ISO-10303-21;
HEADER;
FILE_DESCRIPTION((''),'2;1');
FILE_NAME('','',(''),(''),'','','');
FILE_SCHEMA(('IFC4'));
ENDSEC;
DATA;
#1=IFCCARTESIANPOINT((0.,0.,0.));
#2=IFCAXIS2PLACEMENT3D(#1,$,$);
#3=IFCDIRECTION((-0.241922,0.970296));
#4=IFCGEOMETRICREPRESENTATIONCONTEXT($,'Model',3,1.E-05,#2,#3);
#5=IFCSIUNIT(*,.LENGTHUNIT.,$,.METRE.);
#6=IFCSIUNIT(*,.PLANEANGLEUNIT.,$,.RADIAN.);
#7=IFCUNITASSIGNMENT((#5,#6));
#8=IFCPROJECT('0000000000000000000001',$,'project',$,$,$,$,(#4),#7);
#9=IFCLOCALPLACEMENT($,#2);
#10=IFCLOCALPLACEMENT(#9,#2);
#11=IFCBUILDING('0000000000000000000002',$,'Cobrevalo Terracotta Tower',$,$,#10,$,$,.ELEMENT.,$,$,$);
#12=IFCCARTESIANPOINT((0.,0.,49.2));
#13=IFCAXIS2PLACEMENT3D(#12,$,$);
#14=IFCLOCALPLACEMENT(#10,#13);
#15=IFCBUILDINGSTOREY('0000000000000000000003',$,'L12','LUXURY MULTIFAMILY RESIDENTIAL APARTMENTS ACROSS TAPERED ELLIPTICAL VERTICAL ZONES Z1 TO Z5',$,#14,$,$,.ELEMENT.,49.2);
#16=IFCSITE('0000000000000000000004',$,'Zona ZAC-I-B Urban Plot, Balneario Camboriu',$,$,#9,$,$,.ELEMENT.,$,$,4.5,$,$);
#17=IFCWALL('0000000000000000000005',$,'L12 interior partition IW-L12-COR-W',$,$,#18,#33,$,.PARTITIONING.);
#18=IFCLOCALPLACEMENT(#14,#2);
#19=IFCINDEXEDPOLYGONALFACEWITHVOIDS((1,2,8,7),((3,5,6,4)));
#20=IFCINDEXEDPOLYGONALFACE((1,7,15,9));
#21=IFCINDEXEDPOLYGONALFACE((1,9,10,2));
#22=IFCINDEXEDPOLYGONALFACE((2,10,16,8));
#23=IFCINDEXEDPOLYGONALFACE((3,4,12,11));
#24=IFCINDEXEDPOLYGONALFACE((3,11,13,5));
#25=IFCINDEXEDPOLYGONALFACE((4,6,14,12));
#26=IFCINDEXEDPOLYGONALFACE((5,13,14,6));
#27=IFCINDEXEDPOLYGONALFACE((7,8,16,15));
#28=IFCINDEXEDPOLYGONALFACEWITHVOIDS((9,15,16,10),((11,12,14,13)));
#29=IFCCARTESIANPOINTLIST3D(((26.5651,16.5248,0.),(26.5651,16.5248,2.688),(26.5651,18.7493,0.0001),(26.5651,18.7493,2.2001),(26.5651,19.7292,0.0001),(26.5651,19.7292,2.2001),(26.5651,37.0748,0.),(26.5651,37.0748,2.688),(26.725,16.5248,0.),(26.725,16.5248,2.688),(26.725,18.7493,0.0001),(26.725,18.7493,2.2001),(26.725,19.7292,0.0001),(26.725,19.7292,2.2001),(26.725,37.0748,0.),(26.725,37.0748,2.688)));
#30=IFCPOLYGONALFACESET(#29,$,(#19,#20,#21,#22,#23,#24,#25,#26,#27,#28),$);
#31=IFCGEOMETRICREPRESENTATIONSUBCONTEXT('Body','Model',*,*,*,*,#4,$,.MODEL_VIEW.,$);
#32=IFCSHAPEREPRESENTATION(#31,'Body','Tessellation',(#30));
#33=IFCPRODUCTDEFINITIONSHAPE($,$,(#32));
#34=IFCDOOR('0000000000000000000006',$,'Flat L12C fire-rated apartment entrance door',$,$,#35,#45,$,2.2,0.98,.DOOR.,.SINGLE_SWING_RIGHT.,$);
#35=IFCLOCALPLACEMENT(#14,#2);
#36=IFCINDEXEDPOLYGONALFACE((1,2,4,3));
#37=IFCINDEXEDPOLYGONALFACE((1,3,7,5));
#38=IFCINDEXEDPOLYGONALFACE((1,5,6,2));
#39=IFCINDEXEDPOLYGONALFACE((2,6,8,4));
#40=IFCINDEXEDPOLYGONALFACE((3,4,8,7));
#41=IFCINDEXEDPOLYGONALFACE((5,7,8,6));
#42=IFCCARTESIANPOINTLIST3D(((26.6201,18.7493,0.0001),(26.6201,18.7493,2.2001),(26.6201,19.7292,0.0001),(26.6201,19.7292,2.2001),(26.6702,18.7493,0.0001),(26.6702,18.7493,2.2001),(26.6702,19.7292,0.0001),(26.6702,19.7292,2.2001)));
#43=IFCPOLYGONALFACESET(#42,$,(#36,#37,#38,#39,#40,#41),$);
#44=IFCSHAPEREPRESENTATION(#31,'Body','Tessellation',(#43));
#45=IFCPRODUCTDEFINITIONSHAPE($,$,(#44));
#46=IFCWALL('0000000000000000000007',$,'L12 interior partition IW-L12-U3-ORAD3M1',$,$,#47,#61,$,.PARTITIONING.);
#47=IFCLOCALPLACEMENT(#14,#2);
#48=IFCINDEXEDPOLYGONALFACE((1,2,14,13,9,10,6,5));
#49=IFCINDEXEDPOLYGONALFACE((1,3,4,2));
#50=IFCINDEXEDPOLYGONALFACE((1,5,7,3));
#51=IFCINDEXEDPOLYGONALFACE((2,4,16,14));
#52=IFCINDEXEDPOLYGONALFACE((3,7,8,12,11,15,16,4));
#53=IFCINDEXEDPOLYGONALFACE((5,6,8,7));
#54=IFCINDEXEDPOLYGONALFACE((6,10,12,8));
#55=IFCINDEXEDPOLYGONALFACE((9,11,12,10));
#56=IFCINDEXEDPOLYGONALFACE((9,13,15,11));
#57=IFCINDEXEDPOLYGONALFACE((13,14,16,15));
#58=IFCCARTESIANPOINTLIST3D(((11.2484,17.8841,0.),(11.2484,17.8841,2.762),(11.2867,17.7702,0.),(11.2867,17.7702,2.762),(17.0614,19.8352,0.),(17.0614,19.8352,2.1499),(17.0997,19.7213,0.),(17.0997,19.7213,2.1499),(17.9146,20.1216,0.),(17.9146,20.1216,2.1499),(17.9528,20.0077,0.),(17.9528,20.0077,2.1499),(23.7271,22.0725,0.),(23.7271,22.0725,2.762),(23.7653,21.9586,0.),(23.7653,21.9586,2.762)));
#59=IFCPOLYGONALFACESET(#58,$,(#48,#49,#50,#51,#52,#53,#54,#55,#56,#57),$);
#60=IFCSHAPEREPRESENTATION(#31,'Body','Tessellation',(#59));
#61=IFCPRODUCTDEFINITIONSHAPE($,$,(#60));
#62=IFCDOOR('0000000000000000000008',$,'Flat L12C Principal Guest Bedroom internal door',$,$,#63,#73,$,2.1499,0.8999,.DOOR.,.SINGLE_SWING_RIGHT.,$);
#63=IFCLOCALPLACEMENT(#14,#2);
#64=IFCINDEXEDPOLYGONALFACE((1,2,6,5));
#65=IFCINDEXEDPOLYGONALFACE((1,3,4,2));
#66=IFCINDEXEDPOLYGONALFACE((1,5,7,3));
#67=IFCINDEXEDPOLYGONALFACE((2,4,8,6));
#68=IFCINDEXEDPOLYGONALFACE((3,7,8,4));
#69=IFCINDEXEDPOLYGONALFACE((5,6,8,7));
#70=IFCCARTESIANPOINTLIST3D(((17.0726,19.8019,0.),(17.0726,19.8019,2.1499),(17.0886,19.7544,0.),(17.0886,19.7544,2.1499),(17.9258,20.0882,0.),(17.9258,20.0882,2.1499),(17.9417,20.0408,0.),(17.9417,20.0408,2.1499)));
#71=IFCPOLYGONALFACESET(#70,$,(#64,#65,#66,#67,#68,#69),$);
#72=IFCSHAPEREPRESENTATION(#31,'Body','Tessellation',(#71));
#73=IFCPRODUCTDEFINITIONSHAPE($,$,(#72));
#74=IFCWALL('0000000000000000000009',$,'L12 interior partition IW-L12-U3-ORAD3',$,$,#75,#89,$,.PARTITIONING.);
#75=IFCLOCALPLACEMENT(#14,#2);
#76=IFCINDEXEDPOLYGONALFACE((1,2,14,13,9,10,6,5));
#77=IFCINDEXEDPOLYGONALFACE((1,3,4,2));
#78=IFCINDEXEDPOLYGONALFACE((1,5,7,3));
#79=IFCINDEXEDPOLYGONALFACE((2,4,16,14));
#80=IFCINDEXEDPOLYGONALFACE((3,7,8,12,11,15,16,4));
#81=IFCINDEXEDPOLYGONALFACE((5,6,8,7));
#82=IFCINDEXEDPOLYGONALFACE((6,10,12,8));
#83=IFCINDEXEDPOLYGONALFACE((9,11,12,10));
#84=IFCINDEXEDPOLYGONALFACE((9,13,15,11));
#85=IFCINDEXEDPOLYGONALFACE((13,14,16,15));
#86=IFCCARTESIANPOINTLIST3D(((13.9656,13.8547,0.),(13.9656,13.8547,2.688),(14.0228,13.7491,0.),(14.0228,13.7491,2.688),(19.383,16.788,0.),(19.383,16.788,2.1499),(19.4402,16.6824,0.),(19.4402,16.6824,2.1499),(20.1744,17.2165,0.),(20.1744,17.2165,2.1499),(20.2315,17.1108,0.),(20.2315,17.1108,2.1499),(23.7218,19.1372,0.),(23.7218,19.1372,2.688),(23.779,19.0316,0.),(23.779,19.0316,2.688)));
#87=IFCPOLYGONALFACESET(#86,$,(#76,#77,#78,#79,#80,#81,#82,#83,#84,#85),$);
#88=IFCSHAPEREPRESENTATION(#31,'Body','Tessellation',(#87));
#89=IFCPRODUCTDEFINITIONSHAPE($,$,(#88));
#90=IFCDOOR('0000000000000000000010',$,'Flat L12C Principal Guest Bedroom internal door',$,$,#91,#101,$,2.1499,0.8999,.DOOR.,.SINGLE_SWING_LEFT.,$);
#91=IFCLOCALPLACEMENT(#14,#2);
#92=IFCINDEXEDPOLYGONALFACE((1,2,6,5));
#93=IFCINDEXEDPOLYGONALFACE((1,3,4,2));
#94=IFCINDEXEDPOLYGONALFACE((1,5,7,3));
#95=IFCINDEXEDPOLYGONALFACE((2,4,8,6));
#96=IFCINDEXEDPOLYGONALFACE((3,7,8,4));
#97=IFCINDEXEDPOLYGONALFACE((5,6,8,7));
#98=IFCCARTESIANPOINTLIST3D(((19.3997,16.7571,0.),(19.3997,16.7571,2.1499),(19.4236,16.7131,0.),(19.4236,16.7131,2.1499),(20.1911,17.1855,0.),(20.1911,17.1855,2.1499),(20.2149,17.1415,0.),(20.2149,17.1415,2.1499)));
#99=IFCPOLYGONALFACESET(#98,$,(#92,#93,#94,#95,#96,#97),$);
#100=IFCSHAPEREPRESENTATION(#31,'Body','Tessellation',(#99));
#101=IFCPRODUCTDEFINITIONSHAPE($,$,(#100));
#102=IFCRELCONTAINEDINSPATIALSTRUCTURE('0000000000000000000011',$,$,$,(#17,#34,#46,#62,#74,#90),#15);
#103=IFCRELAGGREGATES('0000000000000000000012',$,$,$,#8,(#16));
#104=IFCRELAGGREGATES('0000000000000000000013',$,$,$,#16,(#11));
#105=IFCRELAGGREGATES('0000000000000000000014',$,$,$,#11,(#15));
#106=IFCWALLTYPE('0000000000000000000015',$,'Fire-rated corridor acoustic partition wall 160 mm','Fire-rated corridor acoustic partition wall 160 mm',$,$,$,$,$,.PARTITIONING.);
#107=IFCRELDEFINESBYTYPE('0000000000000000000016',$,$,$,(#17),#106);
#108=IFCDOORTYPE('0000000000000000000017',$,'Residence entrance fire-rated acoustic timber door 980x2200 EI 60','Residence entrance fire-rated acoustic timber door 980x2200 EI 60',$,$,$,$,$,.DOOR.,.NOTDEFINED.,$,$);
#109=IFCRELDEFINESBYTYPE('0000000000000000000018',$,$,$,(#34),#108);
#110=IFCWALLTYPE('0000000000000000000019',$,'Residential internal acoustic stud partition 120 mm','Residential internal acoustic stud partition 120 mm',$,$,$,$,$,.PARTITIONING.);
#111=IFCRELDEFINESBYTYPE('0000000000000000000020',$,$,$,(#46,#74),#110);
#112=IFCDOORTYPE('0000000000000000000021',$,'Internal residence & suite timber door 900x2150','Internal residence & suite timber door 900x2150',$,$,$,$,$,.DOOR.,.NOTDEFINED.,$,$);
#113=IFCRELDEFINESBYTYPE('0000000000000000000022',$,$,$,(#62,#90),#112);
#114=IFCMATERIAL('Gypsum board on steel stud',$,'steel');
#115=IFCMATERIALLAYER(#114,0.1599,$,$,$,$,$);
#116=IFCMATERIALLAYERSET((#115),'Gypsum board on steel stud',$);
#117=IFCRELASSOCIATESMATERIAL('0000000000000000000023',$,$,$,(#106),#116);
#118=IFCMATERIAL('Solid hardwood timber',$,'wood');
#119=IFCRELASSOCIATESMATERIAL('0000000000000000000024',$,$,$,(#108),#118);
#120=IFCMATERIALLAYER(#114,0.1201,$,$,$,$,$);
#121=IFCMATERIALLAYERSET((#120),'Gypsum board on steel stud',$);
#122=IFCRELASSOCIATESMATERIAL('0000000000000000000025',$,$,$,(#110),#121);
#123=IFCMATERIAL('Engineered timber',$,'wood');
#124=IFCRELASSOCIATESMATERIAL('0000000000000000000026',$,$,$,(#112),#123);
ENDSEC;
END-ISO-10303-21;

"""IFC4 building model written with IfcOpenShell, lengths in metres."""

from ifc_helpers import new_model, si_unit, direction, frame, frame_2d, origin, place, context, subcontext, project, spatial, rectangle, extrude, source, transform, mapped, material, layer, layer_set, type_object, element, fill, save


model = new_model("IFC4")

# Units and contexts
model_context = context("Model", 3, precision=1e-05, world=origin(), true_north=direction((-0.241922, 0.970296)))
body_context = subcontext(model_context, "Body", "Model", "MODEL_VIEW")
ifc_project = project(units=[si_unit("LENGTHUNIT", "METRE"), si_unit("PLANEANGLEUNIT", "RADIAN")], contexts=[model_context])

# Site, building, storey
site_placement = place(None, origin())
site = spatial("IfcSite", under=ifc_project, at=site_placement, Name="Zona ZAC-I-B Urban Plot, Balneario Camboriu", CompositionType="ELEMENT", RefElevation=4.5)
building_placement = place(site_placement, origin())
building = spatial("IfcBuilding", under=site, at=building_placement, Name="Cobrevalo Terracotta Tower", CompositionType="ELEMENT")
storey_placement = place(building_placement, frame((0.0, 0.0, 49.2)))
storey = spatial("IfcBuildingStorey", under=building, at=storey_placement, Name="L12", Description="LUXURY MULTIFAMILY RESIDENTIAL APARTMENTS ACROSS TAPERED ELLIPTICAL VERTICAL ZONES Z1 TO Z5", CompositionType="ELEMENT", Elevation=49.2)

# Walls, openings, doors
ifc_material_1 = material(Name="Gypsum board on steel stud", Category="steel")
ifc_layer_1 = layer(ifc_material_1, 0.1599)
ifc_layer_set_1 = layer_set([ifc_layer_1], Name="Gypsum board on steel stud")
wall_type_1 = type_object("IfcWallType", Name="Fire-rated corridor acoustic partition wall 160 mm", Description="Fire-rated corridor acoustic partition wall 160 mm", PredefinedType="PARTITIONING", material=ifc_layer_set_1)
ifc_material_2 = material(Name="Solid hardwood timber", Category="wood")
door_type_1 = type_object("IfcDoorType", Name="Residence entrance fire-rated acoustic timber door 980x2200 EI 60", Description="Residence entrance fire-rated acoustic timber door 980x2200 EI 60", OperationType="NOTDEFINED", PredefinedType="DOOR", material=ifc_material_2)
shared_shape_1 = source(origin(), body_context, "Body", "SweptSolid", [
    extrude(rectangle(XDim=0.98, YDim=2.2, at=frame_2d((0.49, 1.1001))), frame((0.0, 0.0249, 0.0), z_axis=(0.0, -1.0, 0.0), x_axis=(1.0, 0.0, 0.0)), (0.0, 0.0, 1.0), 0.05),
])
wall_1_placement = place(storey_placement, frame((26.645, 16.5249, 0.0), z_axis=(0.0, 0.0, 1.0), x_axis=(0.0, 1.0, 0.0)))
wall_1 = element("IfcWall", 1, at=wall_1_placement, inside=storey, type_object=wall_type_1, Name="L12 interior partition IW-L12-COR-W", PredefinedType="PARTITIONING", context=body_context, shape_type="SweptSolid", body=[
    extrude(rectangle(XDim=20.55, YDim=0.1599, at=frame_2d((10.2749, 0.0))), origin(), (0.0, 0.0, 1.0), 2.688),
])
opening_1_placement = place(wall_1_placement, frame((2.2244, 0.0, 0.0)))
opening_1 = element("IfcOpeningElement", 2, at=opening_1_placement, cuts=wall_1, PredefinedType="OPENING", context=body_context, shape_type="SweptSolid", body=[
    extrude(rectangle(XDim=0.98, YDim=2.2, at=frame_2d((0.49, 1.1001))), frame((0.0, 0.0898, 0.0), z_axis=(0.0, -1.0, 0.0), x_axis=(1.0, 0.0, 0.0)), (0.0, 0.0, 1.0), 0.1799),
])
door_1_placement = place(opening_1_placement, origin())
door_1 = element("IfcDoor", 3, at=door_1_placement, inside=storey, type_object=door_type_1, Name="Flat L12C fire-rated apartment entrance door", OperationType="SINGLE_SWING_RIGHT", OverallHeight=2.2, OverallWidth=0.98, PredefinedType="DOOR", context=body_context, shape_type="MappedRepresentation", body=[
    mapped(shared_shape_1, transform((0.0, 0.0, 0.0), scale=1.0)),
])
fill(opening_1, door_1)
ifc_layer_2 = layer(ifc_material_1, 0.1201)
ifc_layer_set_2 = layer_set([ifc_layer_2], Name="Gypsum board on steel stud")
wall_type_2 = type_object("IfcWallType", Name="Residential internal acoustic stud partition 120 mm", Description="Residential internal acoustic stud partition 120 mm", PredefinedType="PARTITIONING", material=ifc_layer_set_2)
wall_2_placement = place(storey_placement, frame((23.7463, 22.0156, 0.0), z_axis=(0.0, 0.0, 1.0), x_axis=(-0.948023, -0.318202, 0.0)))
wall_2 = element("IfcWall", 4, at=wall_2_placement, inside=storey, type_object=wall_type_2, Name="L12 interior partition IW-L12-U3-ORAD3M1", PredefinedType="PARTITIONING", context=body_context, shape_type="SweptSolid", body=[
    extrude(rectangle(XDim=13.1628, YDim=0.1201, at=frame_2d((6.5815, 0.0))), origin(), (0.0, 0.0, 1.0), 2.762),
])
opening_2_placement = place(wall_2_placement, frame((6.1313, 0.0, 0.0)))
opening_2 = element("IfcOpeningElement", 5, at=opening_2_placement, cuts=wall_2, PredefinedType="OPENING", context=body_context, shape_type="SweptSolid", body=[
    extrude(rectangle(XDim=0.8999, YDim=2.1499, at=frame_2d((0.45, 1.075))), frame((0.0, 0.0701, 0.0), z_axis=(0.0, -1.0, 0.0), x_axis=(1.0, 0.0, 0.0)), (0.0, 0.0, 1.0), 0.1401),
])
ifc_material_3 = material(Name="Engineered timber", Category="wood")
door_type_2 = type_object("IfcDoorType", Name="Internal residence & suite timber door 900x2150", Description="Internal residence & suite timber door 900x2150", OperationType="NOTDEFINED", PredefinedType="DOOR", material=ifc_material_3)
shared_shape_2 = source(origin(), body_context, "Body", "SweptSolid", [
    extrude(rectangle(XDim=0.8999, YDim=2.1499, at=frame_2d((0.45, 1.075))), frame((0.0, 0.0249, 0.0), z_axis=(0.0, -1.0, 0.0), x_axis=(1.0, 0.0, 0.0)), (0.0, 0.0, 1.0), 0.05),
])
door_2_placement = place(opening_2_placement, frame((0.8999, 0.0, 0.0), z_axis=(0.0, 0.0, 1.0), x_axis=(-1.0, 0.0, 0.0)))
door_2 = element("IfcDoor", 6, at=door_2_placement, inside=storey, type_object=door_type_2, Name="Flat L12C Principal Guest Bedroom internal door", OperationType="SINGLE_SWING_RIGHT", OverallHeight=2.1499, OverallWidth=0.8999, PredefinedType="DOOR", context=body_context, shape_type="MappedRepresentation", body=[
    mapped(shared_shape_2, transform((0.0, 0.0, 0.0), scale=1.0)),
])
fill(opening_2, door_2)
wall_3_placement = place(storey_placement, frame((23.7505, 19.0845, 0.0), z_axis=(0.0, 0.0, 1.0), x_axis=(-0.879371, -0.476138, 0.0)))
wall_3 = element("IfcWall", 7, at=wall_3_placement, inside=storey, type_object=wall_type_2, Name="L12 interior partition IW-L12-U3-ORAD3", PredefinedType="PARTITIONING", context=body_context, shape_type="SweptSolid", body=[
    extrude(rectangle(XDim=11.0945, YDim=0.1201, at=frame_2d((5.5474, 0.0))), origin(), (0.0, 0.0, 1.0), 2.688),
])
opening_3_placement = place(wall_3_placement, frame((4.0342, 0.0, 0.0)))
opening_3 = element("IfcOpeningElement", 8, at=opening_3_placement, cuts=wall_3, PredefinedType="OPENING", context=body_context, shape_type="SweptSolid", body=[
    extrude(rectangle(XDim=0.8999, YDim=2.1499, at=frame_2d((0.45, 1.075))), frame((0.0, 0.0701, 0.0), z_axis=(0.0, -1.0, 0.0), x_axis=(1.0, 0.0, 0.0)), (0.0, 0.0, 1.0), 0.1401),
])
door_3_placement = place(opening_3_placement, frame((0.8999, 0.0, 0.0), z_axis=(0.0, 0.0, 1.0), x_axis=(-1.0, 0.0, 0.0)))
door_3 = element("IfcDoor", 9, at=door_3_placement, inside=storey, type_object=door_type_2, Name="Flat L12C Principal Guest Bedroom internal door", OperationType="SINGLE_SWING_LEFT", OverallHeight=2.1499, OverallWidth=0.8999, PredefinedType="DOOR", context=body_context, shape_type="MappedRepresentation", body=[
    mapped(shared_shape_2, transform((0.0, 0.0, 0.0), scale=1.0)),
])
fill(opening_3, door_3)

save(model, "model.ifc")
